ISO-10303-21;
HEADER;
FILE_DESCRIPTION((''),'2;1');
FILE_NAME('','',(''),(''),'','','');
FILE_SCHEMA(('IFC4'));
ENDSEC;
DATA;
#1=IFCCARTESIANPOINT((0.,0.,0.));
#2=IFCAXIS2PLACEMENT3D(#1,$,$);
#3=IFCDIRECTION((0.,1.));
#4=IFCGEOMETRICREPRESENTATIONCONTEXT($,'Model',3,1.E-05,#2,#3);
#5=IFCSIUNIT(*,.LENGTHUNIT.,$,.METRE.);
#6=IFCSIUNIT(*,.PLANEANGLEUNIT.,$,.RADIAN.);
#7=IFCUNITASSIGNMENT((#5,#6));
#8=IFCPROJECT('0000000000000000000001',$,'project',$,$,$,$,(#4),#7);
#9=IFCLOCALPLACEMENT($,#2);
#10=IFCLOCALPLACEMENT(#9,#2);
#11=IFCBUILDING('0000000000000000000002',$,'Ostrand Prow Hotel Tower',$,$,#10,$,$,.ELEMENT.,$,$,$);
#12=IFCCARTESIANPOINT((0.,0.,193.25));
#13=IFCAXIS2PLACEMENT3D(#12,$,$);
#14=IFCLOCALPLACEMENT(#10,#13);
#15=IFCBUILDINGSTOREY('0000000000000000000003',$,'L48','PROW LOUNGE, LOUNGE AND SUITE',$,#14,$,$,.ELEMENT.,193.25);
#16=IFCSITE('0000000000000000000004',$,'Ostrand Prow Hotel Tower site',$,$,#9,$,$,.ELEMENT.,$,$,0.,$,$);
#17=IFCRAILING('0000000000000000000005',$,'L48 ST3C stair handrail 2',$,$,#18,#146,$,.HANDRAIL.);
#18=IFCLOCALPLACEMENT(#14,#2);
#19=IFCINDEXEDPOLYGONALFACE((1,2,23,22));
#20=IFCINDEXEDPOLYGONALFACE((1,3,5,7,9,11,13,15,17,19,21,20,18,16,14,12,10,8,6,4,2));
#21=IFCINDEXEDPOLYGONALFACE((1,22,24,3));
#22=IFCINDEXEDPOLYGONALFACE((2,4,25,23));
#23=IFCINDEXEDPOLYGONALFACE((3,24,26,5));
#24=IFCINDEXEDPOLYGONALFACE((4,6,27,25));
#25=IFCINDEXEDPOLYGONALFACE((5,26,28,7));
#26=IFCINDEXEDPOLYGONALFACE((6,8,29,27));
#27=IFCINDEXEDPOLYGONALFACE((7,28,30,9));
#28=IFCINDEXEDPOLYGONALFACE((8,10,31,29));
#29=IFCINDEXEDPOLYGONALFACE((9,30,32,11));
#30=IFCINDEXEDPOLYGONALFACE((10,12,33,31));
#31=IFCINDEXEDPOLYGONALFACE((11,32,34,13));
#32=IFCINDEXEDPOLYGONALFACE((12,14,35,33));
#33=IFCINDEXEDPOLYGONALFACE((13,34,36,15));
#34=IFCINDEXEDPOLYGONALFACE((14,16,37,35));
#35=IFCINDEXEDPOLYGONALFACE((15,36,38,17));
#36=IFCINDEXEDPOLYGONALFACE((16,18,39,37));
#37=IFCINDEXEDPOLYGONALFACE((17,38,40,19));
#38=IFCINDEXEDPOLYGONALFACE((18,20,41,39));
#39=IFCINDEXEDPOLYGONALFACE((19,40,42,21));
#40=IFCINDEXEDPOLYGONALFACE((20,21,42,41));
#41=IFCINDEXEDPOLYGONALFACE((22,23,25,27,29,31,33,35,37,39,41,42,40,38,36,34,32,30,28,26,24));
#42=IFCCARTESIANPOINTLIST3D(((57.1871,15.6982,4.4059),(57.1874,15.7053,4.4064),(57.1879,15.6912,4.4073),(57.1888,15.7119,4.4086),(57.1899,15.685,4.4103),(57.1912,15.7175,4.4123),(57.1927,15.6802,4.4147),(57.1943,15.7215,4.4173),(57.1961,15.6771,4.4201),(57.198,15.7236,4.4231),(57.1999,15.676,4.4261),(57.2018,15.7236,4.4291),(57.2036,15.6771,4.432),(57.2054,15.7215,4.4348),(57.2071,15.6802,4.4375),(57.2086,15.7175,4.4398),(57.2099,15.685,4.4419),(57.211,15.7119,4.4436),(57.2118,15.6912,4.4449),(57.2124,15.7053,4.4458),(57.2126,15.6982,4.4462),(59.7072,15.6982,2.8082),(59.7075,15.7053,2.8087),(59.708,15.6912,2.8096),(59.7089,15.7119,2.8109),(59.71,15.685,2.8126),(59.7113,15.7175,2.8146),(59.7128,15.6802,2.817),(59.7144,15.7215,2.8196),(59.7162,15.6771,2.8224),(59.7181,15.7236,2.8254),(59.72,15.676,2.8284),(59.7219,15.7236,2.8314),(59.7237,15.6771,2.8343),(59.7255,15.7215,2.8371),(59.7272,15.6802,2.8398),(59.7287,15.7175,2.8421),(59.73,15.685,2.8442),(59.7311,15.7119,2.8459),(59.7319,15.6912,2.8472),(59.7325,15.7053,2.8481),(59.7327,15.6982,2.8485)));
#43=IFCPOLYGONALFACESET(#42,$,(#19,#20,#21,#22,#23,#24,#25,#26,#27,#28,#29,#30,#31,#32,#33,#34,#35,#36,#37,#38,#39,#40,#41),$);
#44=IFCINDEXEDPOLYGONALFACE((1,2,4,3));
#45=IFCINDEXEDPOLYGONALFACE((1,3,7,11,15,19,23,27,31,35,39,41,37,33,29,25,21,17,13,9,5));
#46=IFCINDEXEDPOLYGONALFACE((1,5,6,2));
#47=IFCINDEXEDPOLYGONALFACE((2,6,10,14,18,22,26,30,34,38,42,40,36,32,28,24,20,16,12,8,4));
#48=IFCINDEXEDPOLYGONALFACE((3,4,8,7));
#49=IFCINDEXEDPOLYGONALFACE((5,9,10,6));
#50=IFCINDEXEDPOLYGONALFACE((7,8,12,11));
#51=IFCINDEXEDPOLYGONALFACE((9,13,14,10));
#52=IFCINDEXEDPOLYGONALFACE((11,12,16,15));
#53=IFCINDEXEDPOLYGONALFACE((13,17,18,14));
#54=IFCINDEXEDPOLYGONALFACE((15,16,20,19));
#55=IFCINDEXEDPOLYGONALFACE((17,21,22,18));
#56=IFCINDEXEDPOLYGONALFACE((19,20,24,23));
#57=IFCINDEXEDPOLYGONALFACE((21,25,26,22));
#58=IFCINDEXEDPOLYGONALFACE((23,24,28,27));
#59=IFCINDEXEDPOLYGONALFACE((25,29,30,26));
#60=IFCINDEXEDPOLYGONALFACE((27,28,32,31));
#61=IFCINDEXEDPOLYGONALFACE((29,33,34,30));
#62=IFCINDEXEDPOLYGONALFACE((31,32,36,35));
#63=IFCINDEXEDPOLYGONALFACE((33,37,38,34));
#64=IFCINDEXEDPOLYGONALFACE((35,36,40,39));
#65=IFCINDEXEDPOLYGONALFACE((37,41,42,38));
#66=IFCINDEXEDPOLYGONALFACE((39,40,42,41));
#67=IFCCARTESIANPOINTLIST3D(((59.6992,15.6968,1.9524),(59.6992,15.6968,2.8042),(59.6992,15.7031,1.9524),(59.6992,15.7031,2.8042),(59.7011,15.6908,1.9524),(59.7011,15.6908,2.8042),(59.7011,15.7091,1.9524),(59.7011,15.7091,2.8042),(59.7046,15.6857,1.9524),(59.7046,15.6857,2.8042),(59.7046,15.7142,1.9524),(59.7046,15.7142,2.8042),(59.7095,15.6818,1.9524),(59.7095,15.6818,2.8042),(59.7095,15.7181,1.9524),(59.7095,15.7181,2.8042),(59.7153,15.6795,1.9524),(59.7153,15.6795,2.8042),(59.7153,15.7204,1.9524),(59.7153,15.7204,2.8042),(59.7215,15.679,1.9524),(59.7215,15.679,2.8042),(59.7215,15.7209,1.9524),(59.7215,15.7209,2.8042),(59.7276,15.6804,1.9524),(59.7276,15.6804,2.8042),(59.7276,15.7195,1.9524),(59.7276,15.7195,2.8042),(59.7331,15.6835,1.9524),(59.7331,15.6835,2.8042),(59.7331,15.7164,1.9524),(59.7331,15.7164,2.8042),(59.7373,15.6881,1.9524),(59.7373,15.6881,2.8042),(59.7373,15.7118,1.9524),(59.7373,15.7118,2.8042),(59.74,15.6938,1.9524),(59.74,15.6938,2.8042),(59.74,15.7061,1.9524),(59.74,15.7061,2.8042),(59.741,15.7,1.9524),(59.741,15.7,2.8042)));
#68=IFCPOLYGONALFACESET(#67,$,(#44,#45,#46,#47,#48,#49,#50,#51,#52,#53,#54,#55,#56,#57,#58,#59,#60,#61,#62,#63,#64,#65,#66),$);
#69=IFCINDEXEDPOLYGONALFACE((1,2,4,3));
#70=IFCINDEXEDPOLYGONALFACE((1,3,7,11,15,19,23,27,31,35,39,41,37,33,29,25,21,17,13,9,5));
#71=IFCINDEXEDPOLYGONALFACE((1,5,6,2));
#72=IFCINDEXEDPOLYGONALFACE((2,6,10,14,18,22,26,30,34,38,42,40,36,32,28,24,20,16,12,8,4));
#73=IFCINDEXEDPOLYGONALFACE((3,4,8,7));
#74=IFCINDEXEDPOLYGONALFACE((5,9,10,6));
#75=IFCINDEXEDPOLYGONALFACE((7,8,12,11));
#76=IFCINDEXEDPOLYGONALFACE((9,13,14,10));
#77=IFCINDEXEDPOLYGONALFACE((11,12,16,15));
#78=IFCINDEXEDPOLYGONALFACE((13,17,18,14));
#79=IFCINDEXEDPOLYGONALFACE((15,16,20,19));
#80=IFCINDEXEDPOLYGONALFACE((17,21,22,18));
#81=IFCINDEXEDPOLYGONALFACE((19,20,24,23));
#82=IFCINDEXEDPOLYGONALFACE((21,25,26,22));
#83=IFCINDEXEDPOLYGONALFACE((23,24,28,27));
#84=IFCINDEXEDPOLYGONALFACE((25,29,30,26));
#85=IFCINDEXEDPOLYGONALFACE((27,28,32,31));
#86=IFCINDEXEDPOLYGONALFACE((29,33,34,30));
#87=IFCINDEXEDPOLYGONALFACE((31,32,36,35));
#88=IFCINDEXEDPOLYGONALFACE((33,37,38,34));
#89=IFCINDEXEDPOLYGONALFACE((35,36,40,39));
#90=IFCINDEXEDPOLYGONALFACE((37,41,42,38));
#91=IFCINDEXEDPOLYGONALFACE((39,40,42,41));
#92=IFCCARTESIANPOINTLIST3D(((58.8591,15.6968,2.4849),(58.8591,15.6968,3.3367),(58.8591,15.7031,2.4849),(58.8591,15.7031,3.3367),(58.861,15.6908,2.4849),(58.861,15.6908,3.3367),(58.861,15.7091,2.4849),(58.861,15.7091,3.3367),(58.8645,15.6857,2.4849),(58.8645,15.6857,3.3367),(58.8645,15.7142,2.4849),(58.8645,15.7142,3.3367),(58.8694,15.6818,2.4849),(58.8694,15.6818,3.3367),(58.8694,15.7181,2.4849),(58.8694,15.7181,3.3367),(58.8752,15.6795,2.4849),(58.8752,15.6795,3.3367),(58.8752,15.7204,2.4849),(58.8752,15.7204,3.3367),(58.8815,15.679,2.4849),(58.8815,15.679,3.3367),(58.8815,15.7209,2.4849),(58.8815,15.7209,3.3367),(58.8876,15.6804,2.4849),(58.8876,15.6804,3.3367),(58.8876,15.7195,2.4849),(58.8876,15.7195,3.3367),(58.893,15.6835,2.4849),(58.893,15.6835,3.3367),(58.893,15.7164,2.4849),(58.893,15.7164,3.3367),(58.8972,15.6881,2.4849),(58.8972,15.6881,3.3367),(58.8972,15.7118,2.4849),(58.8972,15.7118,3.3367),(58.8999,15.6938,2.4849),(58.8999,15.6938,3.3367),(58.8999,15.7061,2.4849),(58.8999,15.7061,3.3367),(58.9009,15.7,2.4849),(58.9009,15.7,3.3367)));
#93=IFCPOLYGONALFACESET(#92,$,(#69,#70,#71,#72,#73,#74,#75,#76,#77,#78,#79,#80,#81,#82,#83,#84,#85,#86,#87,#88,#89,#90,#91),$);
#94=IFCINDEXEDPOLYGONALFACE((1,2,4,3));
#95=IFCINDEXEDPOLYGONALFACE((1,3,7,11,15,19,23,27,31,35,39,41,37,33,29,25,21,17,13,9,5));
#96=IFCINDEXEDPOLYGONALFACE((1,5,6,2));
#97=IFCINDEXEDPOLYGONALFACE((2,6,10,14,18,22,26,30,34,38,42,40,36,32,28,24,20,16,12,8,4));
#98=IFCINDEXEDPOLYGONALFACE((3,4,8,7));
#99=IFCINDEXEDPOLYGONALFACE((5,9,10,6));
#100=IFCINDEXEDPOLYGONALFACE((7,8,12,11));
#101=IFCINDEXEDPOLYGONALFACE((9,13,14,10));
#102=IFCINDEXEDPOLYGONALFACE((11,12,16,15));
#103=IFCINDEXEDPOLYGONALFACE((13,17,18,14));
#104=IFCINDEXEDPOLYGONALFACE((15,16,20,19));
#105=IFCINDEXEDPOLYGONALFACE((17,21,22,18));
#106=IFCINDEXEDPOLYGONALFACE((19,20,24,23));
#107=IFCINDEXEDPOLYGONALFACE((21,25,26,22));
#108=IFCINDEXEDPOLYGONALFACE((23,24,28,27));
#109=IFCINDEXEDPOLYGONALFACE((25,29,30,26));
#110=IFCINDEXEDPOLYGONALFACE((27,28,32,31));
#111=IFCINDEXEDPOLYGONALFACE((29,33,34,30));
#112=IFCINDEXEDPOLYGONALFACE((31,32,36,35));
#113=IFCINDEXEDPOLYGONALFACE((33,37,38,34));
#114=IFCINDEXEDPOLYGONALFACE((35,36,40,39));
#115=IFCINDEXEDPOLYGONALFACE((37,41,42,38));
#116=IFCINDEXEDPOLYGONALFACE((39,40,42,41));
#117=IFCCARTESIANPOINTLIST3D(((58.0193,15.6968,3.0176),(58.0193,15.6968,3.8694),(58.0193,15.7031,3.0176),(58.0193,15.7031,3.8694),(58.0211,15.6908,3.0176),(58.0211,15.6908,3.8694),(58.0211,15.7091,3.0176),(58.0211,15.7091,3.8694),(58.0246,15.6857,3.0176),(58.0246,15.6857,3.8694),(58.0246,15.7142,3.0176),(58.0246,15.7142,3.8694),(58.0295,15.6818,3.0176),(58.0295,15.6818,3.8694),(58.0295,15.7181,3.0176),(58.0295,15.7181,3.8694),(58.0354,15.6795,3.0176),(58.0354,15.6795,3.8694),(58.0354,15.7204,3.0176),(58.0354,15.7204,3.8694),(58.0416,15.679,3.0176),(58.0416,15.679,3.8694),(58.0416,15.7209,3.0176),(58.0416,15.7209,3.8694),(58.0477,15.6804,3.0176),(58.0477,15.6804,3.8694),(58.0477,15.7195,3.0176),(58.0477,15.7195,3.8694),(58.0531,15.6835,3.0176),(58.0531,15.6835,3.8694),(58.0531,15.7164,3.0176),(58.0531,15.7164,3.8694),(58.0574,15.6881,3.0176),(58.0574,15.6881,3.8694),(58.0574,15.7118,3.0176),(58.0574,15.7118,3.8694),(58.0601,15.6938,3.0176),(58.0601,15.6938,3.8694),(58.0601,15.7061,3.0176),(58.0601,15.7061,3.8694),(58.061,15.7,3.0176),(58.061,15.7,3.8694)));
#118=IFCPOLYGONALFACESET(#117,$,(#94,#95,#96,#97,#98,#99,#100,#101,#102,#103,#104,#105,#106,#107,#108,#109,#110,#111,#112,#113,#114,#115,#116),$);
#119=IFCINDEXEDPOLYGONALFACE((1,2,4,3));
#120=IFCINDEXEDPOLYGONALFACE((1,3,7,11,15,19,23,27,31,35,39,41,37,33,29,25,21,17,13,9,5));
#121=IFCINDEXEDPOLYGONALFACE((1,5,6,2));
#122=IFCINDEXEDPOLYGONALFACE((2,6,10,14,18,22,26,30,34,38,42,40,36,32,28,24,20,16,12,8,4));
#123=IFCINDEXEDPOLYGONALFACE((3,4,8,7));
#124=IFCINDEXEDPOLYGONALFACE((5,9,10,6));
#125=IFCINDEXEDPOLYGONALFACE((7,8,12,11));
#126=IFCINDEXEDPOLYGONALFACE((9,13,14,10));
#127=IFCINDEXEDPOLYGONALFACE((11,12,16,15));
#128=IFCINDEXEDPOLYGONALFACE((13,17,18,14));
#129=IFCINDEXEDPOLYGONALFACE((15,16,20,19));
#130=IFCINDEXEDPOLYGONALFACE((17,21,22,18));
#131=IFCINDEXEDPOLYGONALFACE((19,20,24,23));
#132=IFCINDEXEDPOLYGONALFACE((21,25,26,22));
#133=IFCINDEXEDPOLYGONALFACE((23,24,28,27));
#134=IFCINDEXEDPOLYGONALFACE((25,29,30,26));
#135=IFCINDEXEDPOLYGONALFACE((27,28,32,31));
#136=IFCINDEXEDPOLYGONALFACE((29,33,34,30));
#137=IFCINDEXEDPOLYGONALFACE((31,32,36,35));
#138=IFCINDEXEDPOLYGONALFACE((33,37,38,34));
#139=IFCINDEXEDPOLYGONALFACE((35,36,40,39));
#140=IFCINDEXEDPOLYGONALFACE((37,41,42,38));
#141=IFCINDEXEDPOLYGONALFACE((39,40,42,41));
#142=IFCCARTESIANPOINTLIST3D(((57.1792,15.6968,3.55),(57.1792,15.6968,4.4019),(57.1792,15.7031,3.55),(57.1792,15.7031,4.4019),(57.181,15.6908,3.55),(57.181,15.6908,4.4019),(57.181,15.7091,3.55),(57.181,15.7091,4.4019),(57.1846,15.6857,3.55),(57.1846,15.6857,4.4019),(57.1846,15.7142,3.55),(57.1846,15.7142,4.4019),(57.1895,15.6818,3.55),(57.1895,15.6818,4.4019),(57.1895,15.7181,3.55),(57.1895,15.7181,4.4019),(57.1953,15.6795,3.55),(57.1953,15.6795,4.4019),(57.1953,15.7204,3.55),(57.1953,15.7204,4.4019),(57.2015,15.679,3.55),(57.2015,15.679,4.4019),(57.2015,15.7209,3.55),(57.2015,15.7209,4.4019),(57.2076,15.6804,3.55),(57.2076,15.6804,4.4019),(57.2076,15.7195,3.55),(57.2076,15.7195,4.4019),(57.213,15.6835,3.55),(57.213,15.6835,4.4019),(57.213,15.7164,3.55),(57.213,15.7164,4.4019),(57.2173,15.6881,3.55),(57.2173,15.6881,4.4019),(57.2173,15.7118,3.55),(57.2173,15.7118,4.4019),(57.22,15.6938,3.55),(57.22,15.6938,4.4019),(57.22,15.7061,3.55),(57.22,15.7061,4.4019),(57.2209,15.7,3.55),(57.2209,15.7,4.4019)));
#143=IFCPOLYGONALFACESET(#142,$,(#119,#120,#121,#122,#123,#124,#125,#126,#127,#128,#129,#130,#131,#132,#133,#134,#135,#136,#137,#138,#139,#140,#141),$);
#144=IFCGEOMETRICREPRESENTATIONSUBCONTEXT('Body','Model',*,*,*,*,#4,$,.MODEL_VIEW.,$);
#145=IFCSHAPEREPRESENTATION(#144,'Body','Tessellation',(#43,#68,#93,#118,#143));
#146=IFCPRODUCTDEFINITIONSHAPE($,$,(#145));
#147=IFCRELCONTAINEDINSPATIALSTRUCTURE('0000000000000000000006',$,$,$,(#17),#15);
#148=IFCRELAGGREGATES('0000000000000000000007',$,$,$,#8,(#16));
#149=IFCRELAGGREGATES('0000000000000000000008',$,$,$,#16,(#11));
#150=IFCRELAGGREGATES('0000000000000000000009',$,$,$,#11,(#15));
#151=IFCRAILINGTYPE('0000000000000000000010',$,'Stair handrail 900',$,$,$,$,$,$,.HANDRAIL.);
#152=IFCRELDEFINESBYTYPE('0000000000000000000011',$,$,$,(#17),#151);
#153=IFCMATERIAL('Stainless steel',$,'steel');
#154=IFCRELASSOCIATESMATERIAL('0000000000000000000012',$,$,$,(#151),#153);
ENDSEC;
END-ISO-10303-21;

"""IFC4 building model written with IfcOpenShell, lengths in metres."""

from ifc_helpers import new_model, si_unit, direction, frame, origin, origin_2d, place, context, subcontext, project, spatial, circle, extrude, material, type_object, element, save


model = new_model("IFC4")

# Units and contexts
model_context = context("Model", 3, precision=1e-05, world=origin(), true_north=direction((0.0, 1.0)))
body_context = subcontext(model_context, "Body", "Model", "MODEL_VIEW")
ifc_project = project(units=[si_unit("LENGTHUNIT", "METRE"), si_unit("PLANEANGLEUNIT", "RADIAN")], contexts=[model_context])

# Site, building, storey
site_placement = place(None, origin())
site = spatial("IfcSite", under=ifc_project, at=site_placement, Name="Ostrand Prow Hotel Tower site", CompositionType="ELEMENT", RefElevation=0.0)
building_placement = place(site_placement, origin())
building = spatial("IfcBuilding", under=site, at=building_placement, Name="Ostrand Prow Hotel Tower", CompositionType="ELEMENT")
storey_placement = place(building_placement, frame((0.0, 0.0, 193.25)))
storey = spatial("IfcBuildingStorey", under=building, at=storey_placement, Name="L48", Description="PROW LOUNGE, LOUNGE AND SUITE", CompositionType="ELEMENT", Elevation=193.25)

# Railing
ifc_material_1 = material(Name="Stainless steel", Category="steel")
railing_type = type_object("IfcRailingType", Name="Stair handrail 900", PredefinedType="HANDRAIL", material=ifc_material_1)
railing_placement = place(storey_placement, frame((59.72, 15.7, 1.9524)))
element("IfcRailing", 1, at=railing_placement, inside=storey, type_object=railing_type, Name="L48 ST3C stair handrail 2", PredefinedType="HANDRAIL", context=body_context, shape_type="SweptSolid", body=[
    extrude(circle(Radius=0.0239, at=origin_2d()), frame((0.0, 0.0, 0.876), z_axis=(-0.84457, 0.0, 0.535445), x_axis=(0.0, -1.0, 0.0)), (0.0, 0.0, 1.0), 2.9839),
    extrude(circle(Radius=0.021, at=origin_2d()), origin(), (0.0, 0.0, 1.0), 0.8518),
    extrude(circle(Radius=0.021, at=origin_2d()), frame((-0.8401, 0.0, 0.5325)), (0.0, 0.0, 1.0), 0.8518),
    extrude(circle(Radius=0.021, at=origin_2d()), frame((-1.6799, 0.0, 1.0652)), (0.0, 0.0, 1.0), 0.8518),
    extrude(circle(Radius=0.021, at=origin_2d()), frame((-2.52, 0.0, 1.5977)), (0.0, 0.0, 1.0), 0.8518),
])

save(model, "model.ifc")
